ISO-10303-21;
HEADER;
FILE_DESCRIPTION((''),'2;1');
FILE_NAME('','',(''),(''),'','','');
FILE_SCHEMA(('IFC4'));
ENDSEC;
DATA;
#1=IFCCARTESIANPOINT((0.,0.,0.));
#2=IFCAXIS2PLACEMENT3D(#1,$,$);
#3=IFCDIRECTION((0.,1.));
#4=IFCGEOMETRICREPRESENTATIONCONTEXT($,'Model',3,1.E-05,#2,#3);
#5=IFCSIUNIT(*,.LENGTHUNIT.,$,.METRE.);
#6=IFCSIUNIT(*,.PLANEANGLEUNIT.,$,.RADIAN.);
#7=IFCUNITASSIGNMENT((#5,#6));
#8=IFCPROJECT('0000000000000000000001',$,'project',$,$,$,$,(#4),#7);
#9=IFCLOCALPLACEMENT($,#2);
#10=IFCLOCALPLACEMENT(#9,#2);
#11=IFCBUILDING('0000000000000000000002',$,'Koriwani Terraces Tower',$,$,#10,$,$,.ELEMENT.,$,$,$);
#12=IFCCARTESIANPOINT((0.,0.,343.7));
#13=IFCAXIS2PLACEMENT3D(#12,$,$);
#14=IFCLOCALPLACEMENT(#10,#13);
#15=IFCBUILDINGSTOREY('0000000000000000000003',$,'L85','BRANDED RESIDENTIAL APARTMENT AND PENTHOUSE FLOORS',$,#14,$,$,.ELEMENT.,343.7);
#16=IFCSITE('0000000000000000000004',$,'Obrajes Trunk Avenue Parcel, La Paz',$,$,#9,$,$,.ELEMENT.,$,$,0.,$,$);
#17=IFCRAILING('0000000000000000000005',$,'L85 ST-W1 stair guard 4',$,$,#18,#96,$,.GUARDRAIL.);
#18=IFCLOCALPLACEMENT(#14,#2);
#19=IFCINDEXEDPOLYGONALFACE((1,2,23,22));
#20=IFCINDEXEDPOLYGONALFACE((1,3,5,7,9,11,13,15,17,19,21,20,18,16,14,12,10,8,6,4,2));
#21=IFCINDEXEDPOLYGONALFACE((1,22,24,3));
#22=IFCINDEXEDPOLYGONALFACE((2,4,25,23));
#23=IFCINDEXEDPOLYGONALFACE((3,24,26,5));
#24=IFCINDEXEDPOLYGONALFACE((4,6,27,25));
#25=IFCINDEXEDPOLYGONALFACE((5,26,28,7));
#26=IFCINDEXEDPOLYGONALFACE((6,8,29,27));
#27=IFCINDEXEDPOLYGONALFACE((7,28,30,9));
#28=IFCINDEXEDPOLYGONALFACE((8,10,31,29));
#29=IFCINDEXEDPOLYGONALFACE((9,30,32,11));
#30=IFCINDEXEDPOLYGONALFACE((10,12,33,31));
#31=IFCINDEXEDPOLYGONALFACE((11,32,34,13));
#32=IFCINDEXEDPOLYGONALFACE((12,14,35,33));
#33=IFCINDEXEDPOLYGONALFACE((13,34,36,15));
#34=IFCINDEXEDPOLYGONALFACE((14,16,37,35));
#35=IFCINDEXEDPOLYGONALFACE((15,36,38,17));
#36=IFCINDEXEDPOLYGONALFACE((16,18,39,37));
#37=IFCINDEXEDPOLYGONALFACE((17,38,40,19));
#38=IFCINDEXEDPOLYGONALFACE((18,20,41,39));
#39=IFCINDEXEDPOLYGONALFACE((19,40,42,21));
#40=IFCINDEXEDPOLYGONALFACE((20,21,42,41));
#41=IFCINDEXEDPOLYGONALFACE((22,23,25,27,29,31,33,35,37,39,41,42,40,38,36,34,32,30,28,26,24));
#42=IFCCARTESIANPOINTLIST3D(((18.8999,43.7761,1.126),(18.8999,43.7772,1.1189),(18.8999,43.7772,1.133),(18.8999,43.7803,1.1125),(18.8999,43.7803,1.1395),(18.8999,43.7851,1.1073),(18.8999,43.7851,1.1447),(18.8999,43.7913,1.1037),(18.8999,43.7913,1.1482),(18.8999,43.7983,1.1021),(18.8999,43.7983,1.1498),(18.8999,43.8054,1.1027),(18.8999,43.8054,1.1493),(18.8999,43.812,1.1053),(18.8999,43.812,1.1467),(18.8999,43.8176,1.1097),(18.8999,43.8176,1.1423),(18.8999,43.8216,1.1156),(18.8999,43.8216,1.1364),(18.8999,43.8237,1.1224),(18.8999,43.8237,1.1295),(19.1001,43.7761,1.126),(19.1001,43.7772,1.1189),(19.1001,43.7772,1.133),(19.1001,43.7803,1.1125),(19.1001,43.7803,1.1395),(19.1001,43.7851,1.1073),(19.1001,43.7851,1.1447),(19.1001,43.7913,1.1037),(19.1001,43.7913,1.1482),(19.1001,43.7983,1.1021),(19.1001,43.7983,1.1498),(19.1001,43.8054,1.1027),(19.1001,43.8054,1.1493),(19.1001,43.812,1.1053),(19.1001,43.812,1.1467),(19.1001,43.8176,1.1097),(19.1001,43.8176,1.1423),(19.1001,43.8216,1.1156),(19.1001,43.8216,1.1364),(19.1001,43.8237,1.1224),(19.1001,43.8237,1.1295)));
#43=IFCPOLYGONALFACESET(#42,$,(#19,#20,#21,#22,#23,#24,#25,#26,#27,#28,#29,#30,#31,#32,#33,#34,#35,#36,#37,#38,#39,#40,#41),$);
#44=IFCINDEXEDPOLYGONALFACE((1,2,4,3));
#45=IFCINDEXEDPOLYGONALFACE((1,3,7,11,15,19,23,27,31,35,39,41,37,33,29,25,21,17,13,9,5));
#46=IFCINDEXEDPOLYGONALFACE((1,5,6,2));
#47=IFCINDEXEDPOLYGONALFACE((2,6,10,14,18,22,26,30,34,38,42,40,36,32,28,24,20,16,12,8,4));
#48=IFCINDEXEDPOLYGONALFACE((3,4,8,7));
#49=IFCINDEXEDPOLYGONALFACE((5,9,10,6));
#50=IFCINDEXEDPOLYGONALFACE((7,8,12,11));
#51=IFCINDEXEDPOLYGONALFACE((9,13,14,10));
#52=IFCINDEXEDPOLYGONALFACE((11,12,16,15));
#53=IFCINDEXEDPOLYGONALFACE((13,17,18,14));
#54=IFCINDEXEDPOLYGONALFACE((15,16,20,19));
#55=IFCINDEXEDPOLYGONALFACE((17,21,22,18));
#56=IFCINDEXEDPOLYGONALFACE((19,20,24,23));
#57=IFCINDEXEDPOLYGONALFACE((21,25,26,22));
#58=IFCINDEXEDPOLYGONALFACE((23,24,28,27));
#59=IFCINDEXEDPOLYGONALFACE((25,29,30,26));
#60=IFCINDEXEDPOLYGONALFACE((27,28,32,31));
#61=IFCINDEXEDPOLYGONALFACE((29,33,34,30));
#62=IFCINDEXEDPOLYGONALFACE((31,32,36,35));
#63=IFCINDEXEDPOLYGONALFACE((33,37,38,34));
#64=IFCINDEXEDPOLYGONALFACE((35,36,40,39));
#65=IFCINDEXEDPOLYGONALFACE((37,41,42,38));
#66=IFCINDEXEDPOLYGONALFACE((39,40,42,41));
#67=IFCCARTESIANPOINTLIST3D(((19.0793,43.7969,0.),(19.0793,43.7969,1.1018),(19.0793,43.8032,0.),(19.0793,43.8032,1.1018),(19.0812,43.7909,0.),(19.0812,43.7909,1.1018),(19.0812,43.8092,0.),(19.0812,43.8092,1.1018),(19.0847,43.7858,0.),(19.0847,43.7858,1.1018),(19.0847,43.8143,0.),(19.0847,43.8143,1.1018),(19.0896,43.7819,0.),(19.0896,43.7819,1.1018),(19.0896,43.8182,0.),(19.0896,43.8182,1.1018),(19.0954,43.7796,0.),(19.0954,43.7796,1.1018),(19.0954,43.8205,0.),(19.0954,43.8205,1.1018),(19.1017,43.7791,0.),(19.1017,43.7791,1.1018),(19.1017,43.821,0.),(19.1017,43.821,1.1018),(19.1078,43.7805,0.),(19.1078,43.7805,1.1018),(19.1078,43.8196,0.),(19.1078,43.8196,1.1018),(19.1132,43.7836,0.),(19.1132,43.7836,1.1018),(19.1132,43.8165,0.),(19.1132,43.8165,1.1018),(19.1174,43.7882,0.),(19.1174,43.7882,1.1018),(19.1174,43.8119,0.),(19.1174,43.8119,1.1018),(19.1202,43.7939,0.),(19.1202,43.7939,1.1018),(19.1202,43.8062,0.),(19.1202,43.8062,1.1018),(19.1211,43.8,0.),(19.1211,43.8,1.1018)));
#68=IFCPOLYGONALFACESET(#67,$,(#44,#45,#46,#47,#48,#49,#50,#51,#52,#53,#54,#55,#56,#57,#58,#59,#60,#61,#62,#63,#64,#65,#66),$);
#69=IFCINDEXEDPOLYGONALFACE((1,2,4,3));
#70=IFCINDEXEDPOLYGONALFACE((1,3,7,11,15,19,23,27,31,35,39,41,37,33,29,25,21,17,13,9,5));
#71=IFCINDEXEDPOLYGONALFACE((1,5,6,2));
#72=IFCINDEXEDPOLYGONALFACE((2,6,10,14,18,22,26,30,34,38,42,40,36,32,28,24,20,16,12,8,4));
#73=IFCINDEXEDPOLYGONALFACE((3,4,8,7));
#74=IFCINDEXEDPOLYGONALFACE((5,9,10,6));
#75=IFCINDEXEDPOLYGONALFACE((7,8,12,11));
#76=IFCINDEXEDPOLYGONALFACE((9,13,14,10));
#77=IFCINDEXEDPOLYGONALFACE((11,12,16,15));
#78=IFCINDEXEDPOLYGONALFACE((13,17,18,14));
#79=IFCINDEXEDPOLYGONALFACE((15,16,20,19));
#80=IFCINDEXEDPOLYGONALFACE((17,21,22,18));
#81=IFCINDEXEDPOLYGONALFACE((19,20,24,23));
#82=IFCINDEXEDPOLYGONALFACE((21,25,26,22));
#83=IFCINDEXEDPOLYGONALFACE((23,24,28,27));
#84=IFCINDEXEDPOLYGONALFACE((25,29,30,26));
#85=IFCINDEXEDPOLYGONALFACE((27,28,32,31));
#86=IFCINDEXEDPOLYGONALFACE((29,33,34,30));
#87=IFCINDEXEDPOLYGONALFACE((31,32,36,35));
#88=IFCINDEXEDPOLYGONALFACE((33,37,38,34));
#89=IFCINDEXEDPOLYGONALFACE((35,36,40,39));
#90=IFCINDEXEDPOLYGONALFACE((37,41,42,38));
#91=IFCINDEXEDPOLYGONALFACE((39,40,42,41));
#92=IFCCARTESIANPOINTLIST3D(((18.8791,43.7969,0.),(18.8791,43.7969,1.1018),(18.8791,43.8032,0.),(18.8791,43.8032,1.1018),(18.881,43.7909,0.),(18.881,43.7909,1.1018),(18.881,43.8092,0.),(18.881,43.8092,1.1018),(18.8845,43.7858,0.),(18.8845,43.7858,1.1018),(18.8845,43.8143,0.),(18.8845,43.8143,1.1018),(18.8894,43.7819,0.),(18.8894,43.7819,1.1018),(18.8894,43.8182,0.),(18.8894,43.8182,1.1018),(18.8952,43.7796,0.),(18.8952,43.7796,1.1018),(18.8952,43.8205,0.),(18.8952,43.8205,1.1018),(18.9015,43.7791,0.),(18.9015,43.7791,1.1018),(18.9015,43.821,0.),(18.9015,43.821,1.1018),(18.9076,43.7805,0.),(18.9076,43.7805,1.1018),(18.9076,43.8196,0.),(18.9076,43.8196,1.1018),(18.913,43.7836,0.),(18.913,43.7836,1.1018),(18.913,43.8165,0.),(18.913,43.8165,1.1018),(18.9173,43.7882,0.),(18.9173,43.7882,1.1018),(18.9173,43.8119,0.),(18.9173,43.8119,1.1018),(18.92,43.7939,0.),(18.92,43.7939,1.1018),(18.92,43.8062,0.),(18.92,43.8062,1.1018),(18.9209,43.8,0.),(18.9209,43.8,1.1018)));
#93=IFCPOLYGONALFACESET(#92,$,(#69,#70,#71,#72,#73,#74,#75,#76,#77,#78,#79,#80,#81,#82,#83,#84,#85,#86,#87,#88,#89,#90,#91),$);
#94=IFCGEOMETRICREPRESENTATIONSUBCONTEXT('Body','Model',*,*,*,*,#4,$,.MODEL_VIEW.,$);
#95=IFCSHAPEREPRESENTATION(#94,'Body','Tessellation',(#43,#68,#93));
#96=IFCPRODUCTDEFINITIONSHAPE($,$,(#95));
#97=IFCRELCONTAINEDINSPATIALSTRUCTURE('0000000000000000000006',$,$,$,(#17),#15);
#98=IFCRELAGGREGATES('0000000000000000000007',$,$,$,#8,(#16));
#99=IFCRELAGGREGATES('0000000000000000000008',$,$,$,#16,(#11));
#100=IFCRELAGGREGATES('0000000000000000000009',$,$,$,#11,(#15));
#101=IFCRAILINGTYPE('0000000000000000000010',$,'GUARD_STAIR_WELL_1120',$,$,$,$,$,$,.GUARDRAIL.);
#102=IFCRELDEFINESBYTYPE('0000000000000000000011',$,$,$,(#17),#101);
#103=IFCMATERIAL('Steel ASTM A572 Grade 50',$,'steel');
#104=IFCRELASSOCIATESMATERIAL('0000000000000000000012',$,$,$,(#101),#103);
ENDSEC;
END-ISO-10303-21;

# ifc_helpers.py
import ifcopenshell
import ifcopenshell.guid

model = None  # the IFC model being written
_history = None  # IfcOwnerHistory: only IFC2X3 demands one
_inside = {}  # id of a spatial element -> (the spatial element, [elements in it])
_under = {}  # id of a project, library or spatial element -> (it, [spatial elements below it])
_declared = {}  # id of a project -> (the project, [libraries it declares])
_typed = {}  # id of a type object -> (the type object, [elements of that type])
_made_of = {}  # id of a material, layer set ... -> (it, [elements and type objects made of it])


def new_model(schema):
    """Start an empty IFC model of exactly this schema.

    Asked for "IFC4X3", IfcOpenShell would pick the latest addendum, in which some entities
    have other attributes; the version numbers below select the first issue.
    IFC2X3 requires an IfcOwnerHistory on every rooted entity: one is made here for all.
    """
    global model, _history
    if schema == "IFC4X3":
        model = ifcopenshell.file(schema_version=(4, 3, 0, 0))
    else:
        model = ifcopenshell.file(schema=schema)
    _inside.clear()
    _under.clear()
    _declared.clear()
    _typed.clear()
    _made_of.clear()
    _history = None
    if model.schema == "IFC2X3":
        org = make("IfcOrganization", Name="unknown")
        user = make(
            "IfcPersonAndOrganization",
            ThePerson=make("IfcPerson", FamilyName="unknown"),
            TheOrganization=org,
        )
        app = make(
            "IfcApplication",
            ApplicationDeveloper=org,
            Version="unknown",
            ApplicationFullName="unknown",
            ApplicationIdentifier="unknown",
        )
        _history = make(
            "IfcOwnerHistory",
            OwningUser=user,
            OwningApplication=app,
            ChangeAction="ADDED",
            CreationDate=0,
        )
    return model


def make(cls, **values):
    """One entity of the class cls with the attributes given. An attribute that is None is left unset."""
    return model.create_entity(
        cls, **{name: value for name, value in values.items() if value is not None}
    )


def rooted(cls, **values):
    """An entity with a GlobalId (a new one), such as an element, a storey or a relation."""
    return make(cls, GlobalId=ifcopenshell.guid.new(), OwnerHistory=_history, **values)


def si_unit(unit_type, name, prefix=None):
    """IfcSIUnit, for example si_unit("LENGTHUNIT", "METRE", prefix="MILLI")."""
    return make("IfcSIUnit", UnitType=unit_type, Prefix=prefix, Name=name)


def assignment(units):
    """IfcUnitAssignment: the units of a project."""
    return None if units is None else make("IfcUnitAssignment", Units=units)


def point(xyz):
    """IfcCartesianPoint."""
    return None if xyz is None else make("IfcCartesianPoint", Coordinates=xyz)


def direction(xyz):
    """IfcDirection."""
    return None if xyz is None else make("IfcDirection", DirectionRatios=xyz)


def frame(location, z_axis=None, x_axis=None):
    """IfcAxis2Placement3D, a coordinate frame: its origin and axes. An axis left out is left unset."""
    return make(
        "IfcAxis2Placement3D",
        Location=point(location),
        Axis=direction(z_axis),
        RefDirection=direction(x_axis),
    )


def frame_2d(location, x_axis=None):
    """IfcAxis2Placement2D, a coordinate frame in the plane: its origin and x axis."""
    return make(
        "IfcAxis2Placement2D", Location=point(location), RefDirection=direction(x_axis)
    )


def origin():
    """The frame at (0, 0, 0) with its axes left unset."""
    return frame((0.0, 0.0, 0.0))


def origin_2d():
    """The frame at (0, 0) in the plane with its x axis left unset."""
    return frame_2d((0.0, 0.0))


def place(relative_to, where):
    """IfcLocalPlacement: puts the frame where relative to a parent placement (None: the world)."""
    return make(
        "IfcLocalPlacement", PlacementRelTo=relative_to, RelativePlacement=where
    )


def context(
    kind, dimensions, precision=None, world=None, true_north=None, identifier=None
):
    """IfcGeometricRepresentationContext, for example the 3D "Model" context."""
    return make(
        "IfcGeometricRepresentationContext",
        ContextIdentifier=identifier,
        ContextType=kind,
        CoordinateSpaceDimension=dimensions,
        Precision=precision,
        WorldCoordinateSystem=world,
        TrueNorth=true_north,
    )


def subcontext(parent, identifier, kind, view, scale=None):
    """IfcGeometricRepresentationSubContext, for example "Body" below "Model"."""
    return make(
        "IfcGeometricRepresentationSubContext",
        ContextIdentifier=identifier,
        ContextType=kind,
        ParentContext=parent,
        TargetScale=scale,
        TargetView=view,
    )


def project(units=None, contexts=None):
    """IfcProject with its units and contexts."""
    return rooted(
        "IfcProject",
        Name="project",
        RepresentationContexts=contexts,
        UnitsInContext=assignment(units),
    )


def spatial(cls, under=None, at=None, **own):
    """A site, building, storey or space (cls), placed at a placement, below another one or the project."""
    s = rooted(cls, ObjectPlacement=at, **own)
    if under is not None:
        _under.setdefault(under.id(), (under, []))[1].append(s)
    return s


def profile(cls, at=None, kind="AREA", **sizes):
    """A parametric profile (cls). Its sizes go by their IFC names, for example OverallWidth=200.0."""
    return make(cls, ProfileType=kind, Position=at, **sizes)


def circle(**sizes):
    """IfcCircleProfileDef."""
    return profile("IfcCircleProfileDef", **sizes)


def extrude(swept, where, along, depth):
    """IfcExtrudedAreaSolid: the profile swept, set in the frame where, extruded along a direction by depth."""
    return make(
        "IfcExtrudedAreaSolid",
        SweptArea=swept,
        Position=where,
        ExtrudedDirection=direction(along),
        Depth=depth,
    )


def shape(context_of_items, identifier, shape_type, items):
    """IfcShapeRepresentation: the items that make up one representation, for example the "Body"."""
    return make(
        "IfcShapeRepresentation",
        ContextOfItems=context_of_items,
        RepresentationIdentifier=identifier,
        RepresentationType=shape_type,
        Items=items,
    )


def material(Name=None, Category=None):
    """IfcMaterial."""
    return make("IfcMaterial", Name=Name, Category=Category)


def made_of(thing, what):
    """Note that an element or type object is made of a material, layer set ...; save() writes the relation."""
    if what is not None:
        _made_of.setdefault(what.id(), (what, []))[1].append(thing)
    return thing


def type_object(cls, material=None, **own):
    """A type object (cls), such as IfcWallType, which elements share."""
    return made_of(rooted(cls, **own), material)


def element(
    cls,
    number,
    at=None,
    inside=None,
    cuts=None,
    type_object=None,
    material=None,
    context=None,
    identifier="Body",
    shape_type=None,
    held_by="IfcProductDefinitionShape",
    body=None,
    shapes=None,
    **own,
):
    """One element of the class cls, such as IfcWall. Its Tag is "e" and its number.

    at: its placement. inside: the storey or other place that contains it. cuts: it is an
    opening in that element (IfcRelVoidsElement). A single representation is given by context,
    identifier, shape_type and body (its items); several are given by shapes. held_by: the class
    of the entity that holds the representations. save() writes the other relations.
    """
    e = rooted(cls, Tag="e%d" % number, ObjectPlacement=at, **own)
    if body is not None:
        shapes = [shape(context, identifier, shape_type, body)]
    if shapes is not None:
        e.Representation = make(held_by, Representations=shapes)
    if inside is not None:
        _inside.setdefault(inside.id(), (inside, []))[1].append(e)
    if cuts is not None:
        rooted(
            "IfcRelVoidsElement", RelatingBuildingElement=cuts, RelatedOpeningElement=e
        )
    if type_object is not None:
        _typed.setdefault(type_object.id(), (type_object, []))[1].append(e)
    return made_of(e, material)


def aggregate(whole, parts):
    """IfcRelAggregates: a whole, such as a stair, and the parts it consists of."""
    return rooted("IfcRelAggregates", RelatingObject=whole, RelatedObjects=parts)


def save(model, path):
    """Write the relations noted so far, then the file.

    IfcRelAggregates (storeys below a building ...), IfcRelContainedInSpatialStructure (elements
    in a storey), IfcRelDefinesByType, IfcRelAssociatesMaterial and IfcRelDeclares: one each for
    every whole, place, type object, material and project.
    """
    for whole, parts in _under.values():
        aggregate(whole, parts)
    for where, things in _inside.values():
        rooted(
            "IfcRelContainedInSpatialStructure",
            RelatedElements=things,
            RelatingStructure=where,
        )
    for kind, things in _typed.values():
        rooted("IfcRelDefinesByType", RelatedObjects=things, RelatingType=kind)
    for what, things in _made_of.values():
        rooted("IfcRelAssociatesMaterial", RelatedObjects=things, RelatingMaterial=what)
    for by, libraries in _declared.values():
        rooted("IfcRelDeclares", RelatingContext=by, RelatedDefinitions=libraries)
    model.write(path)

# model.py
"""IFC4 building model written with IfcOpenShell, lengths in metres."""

from ifc_helpers import new_model, si_unit, direction, frame, origin, origin_2d, place, context, subcontext, project, spatial, circle, extrude, material, type_object, element, save


model = new_model("IFC4")

# Units and contexts
model_context = context("Model", 3, precision=1e-05, world=origin(), true_north=direction((0.0, 1.0)))
body_context = subcontext(model_context, "Body", "Model", "MODEL_VIEW")
ifc_project = project(units=[si_unit("LENGTHUNIT", "METRE"), si_unit("PLANEANGLEUNIT", "RADIAN")], contexts=[model_context])

# Site, building, storey
site_placement = place(None, origin())
site = spatial("IfcSite", under=ifc_project, at=site_placement, Name="Obrajes Trunk Avenue Parcel, La Paz", CompositionType="ELEMENT", RefElevation=0.0)
building_placement = place(site_placement, origin())
building = spatial("IfcBuilding", under=site, at=building_placement, Name="Koriwani Terraces Tower", CompositionType="ELEMENT")
storey_placement = place(building_placement, frame((0.0, 0.0, 343.7)))
storey = spatial("IfcBuildingStorey", under=building, at=storey_placement, Name="L85", Description="BRANDED RESIDENTIAL APARTMENT AND PENTHOUSE FLOORS", CompositionType="ELEMENT", Elevation=343.7)

# Shared definitions
ifc_material_1 = material(Name="Steel ASTM A572 Grade 50", Category="steel")

# Railing
railing_type_1 = type_object("IfcRailingType", Name="GUARD_STAIR_WELL_1120", PredefinedType="GUARDRAIL", material=ifc_material_1)
railing_1_placement = place(storey_placement, frame((19.1001, 43.8, 0.0)))
element("IfcRailing", 1, at=railing_1_placement, inside=storey, type_object=railing_type_1, Name="L85 ST-W1 stair guard 4", PredefinedType="GUARDRAIL", context=body_context, shape_type="SweptSolid", body=[
    extrude(circle(Radius=0.0239, at=origin_2d()), frame((0.0, 0.0, 1.126), z_axis=(-1.0, 0.0, 0.0), x_axis=(0.0, -1.0, 0.0)), (0.0, 0.0, 1.0), 0.2002),
    extrude(circle(Radius=0.021, at=origin_2d()), origin(), (0.0, 0.0, 1.0), 1.1018),
    extrude(circle(Radius=0.021, at=origin_2d()), frame((-0.2002, 0.0, 0.0)), (0.0, 0.0, 1.0), 1.1018),
])

save(model, "model.ifc")
